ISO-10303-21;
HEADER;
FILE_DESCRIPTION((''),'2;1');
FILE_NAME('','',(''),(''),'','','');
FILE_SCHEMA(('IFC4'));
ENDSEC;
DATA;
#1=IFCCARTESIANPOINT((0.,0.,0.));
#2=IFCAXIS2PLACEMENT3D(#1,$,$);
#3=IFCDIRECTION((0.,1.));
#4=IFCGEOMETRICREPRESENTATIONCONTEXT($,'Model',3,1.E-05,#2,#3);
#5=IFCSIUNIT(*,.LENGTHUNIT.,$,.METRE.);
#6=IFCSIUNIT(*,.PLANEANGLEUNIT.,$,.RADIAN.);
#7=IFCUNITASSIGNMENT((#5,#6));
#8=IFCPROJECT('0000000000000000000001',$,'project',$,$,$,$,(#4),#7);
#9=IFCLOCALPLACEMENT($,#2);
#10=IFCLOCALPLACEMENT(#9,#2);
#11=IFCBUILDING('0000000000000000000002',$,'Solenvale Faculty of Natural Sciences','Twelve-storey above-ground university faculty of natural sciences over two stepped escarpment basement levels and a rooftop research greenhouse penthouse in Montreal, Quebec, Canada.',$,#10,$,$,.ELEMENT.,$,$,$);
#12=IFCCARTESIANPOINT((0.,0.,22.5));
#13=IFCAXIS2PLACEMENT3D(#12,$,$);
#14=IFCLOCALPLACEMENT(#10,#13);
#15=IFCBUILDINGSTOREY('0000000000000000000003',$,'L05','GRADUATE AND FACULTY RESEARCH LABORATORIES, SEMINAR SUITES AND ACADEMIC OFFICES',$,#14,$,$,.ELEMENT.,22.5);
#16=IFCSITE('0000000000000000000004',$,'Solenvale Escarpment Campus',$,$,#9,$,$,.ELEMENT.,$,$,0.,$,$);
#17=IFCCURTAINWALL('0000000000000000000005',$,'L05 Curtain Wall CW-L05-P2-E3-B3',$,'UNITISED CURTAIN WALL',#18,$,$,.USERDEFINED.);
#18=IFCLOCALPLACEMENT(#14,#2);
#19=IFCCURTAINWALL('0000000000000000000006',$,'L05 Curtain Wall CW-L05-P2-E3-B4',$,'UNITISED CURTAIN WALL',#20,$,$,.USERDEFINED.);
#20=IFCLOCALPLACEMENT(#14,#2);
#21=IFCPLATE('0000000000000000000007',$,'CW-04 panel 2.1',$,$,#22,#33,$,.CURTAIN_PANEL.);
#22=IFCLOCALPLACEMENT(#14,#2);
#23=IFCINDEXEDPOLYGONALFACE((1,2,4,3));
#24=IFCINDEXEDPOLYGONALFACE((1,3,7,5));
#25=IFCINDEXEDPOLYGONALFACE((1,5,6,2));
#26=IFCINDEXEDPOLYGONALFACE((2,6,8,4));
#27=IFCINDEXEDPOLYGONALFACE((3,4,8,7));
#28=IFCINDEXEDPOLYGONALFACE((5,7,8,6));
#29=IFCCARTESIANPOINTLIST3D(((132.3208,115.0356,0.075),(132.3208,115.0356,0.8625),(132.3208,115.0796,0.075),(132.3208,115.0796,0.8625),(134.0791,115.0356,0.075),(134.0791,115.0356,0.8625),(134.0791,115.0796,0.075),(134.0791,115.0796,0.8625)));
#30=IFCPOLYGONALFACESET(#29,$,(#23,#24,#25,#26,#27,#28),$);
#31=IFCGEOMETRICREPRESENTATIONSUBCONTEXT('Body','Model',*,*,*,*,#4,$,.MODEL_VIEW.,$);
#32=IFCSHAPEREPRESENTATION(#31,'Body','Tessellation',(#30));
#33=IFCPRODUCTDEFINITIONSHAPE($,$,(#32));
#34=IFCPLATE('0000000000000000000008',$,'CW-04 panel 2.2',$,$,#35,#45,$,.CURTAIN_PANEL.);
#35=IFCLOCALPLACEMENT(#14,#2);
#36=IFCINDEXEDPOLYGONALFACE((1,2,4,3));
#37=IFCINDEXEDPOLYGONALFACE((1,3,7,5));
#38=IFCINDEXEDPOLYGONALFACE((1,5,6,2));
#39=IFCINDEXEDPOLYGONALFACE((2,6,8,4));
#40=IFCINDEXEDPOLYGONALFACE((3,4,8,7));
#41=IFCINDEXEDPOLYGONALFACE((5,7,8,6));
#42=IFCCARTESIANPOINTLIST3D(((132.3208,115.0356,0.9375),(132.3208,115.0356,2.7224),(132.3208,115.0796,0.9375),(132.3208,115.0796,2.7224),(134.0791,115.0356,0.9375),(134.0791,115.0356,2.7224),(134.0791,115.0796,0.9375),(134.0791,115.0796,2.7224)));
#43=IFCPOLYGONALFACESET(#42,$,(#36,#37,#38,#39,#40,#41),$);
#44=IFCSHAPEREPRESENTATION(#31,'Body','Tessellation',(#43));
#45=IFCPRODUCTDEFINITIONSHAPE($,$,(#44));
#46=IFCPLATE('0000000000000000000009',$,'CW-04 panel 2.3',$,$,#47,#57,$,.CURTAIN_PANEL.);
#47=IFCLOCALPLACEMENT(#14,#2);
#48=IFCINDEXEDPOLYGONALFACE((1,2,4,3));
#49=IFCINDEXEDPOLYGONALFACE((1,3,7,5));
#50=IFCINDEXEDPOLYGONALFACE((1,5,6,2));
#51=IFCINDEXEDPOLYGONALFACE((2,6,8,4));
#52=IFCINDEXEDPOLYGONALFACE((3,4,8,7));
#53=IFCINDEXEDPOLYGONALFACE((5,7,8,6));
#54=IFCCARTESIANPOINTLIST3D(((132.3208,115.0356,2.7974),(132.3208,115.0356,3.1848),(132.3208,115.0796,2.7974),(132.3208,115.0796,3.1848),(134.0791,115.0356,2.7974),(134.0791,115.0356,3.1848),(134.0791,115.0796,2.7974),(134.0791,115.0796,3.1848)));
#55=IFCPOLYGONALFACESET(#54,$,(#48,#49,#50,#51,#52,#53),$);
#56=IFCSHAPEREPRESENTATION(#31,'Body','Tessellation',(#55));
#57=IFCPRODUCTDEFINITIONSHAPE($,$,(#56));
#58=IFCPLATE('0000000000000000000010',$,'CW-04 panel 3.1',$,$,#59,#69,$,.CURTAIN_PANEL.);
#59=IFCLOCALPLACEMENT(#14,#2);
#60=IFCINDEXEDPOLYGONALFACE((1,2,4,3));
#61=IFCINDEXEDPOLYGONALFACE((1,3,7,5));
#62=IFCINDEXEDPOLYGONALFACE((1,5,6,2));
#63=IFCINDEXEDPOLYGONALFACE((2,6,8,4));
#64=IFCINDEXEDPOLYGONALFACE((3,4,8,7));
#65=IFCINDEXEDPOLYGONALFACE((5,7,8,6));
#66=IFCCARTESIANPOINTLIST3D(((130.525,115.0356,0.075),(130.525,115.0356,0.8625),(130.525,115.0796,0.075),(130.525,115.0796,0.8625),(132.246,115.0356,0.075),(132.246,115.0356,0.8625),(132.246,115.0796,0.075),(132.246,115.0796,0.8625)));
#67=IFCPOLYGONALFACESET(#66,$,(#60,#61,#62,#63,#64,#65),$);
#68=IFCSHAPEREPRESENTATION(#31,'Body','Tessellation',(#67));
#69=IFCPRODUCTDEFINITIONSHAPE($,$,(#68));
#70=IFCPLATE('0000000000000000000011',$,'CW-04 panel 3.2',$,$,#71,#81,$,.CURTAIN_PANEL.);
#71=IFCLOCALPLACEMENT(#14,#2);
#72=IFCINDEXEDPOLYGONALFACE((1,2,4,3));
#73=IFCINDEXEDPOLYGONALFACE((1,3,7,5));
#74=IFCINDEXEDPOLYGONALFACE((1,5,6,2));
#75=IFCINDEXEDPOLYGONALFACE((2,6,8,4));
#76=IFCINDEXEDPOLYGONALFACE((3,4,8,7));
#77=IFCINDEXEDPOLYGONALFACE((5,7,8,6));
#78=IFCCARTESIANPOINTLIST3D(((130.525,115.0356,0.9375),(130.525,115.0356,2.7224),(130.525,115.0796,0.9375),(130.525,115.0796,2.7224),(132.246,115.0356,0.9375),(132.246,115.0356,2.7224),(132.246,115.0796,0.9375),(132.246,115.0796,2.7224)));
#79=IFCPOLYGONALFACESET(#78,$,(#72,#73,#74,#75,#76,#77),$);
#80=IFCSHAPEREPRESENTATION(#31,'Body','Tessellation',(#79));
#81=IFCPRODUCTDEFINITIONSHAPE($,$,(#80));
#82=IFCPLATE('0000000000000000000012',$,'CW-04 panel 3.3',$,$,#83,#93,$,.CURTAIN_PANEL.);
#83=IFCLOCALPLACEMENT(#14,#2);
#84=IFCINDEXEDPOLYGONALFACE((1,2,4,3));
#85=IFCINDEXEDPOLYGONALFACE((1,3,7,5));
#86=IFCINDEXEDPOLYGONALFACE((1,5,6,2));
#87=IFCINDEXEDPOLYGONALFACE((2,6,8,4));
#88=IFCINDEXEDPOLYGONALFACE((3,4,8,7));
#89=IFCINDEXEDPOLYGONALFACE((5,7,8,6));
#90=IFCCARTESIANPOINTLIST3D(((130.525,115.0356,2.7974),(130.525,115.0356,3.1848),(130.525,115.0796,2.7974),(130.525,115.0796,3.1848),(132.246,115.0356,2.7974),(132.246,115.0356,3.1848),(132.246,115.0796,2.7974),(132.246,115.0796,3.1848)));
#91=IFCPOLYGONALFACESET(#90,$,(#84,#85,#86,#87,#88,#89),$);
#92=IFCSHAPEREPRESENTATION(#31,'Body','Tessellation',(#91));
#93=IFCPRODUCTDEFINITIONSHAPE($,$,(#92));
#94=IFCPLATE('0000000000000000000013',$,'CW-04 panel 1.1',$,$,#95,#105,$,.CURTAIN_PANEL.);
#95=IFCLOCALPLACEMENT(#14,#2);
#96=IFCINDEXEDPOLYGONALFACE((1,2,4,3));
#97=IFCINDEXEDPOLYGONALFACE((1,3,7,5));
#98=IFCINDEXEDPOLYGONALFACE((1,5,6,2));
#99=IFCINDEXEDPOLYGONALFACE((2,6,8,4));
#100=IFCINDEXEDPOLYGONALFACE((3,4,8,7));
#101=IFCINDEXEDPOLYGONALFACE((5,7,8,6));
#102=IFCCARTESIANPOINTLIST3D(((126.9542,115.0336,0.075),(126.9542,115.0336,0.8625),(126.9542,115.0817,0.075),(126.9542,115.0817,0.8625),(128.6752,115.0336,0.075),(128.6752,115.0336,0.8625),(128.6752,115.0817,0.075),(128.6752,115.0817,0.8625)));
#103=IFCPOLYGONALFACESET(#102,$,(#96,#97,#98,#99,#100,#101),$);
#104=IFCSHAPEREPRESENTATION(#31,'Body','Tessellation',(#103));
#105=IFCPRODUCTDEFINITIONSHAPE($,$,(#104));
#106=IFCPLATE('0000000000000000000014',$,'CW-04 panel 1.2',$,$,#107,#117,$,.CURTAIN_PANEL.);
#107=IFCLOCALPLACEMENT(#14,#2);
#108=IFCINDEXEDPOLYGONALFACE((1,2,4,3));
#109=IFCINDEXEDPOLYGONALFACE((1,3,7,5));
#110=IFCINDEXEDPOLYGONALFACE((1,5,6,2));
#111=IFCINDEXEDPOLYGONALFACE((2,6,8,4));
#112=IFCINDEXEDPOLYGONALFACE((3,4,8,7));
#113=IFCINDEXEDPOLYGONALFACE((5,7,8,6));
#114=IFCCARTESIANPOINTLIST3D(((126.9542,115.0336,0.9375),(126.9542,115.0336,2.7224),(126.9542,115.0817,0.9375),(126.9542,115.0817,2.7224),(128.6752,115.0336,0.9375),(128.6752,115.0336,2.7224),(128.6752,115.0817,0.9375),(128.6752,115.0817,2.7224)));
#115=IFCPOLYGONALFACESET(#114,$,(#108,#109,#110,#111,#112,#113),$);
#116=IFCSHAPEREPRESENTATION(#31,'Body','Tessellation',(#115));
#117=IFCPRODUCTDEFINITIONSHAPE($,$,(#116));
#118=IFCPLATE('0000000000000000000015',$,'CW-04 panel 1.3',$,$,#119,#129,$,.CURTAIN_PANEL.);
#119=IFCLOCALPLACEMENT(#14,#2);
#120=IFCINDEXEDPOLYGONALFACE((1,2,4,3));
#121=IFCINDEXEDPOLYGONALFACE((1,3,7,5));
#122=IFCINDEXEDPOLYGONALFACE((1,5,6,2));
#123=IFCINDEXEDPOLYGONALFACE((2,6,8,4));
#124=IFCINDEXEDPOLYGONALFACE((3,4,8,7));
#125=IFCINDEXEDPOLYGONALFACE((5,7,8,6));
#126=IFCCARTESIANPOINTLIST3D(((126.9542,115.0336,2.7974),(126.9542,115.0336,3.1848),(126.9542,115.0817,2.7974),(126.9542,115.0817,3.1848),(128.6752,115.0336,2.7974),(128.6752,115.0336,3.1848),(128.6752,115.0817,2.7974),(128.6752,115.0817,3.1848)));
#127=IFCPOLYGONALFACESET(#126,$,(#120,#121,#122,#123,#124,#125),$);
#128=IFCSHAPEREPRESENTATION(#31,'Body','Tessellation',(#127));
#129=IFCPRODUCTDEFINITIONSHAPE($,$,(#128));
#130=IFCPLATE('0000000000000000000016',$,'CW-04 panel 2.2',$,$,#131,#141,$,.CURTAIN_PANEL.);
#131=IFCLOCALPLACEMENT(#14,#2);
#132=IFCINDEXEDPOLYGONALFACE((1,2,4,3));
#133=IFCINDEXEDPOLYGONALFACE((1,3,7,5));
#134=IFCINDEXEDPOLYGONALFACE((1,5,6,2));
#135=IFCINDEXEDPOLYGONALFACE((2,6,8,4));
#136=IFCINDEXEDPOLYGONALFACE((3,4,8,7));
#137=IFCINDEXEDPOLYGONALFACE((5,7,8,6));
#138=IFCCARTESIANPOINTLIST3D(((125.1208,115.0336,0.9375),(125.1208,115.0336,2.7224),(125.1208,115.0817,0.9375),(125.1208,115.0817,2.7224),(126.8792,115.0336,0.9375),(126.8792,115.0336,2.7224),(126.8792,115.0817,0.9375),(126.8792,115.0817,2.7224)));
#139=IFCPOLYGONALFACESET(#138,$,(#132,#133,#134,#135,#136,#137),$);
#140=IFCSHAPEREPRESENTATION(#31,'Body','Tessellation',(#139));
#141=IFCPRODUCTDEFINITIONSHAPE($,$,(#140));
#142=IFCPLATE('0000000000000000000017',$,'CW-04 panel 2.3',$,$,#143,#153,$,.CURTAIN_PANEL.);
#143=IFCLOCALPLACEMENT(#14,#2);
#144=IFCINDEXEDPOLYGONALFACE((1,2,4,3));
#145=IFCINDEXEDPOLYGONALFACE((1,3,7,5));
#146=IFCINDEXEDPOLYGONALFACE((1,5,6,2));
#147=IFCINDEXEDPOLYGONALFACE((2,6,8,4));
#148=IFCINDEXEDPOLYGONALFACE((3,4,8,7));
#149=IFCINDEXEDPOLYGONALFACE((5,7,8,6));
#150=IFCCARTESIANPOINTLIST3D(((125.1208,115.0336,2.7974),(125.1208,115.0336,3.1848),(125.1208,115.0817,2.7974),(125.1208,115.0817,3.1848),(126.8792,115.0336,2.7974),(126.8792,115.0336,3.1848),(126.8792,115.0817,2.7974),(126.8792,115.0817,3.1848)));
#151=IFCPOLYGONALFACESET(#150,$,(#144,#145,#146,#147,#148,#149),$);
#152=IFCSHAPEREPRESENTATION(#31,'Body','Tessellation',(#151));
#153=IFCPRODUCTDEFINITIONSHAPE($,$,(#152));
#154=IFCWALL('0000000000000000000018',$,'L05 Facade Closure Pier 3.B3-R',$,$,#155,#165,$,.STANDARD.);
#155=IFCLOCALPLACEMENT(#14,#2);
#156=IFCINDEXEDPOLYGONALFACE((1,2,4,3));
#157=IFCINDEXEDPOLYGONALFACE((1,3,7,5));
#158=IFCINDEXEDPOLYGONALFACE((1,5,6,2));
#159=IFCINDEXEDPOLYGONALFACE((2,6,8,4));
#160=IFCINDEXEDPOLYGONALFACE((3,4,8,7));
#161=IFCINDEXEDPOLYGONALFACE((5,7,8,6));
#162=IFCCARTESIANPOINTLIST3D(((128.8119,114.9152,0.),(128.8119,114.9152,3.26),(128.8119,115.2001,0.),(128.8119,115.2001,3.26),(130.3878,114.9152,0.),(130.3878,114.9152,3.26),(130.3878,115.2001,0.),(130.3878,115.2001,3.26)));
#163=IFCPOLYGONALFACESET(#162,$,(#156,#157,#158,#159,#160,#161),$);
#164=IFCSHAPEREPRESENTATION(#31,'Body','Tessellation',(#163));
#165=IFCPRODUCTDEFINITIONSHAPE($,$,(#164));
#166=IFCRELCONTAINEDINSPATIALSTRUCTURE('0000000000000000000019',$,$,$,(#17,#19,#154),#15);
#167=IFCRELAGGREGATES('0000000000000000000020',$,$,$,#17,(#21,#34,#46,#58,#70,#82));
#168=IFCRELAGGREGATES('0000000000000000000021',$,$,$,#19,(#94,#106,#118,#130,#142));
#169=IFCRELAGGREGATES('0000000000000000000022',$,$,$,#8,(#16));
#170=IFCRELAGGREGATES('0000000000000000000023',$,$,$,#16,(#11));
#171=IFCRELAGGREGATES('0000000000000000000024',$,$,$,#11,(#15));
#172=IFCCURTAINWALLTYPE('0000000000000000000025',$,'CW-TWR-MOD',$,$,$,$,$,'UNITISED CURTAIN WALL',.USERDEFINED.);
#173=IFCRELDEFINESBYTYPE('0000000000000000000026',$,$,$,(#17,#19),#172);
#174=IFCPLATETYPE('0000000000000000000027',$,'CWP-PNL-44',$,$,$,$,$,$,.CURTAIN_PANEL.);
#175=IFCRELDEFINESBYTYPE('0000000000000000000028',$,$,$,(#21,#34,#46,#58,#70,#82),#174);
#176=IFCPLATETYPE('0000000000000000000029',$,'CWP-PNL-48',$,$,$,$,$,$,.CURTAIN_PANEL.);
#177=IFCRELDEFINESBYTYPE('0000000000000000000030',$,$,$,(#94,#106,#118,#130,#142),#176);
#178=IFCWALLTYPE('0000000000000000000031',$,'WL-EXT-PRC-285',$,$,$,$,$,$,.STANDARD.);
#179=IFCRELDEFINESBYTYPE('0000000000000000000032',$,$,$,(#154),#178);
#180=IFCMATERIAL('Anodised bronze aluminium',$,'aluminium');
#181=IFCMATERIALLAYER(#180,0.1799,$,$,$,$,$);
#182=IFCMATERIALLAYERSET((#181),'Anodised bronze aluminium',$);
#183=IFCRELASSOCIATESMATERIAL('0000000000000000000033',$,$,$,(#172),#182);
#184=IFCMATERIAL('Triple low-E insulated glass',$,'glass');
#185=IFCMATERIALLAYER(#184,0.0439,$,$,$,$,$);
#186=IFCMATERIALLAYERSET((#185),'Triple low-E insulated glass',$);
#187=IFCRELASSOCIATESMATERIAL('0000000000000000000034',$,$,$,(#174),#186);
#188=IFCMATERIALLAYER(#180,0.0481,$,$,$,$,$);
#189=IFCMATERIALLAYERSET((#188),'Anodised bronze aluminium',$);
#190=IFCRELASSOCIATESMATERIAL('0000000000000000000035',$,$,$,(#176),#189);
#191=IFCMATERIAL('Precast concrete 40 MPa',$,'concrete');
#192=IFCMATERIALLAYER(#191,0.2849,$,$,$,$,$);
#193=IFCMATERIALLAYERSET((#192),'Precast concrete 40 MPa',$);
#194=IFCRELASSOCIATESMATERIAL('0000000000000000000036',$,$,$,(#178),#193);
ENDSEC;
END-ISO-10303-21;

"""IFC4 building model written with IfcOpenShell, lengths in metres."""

from ifc_helpers import new_model, si_unit, direction, frame, frame_2d, origin, origin_2d, place, context, subcontext, project, spatial, rectangle, extrude, material, layer, layer_set, type_object, element, aggregate, save


model = new_model("IFC4")

# Units and contexts
model_context = context("Model", 3, precision=1e-05, world=origin(), true_north=direction((0.0, 1.0)))
body_context = subcontext(model_context, "Body", "Model", "MODEL_VIEW")
ifc_project = project(units=[si_unit("LENGTHUNIT", "METRE"), si_unit("PLANEANGLEUNIT", "RADIAN")], contexts=[model_context])

# Site, building, storey
site_placement = place(None, origin())
site = spatial("IfcSite", under=ifc_project, at=site_placement, Name="Solenvale Escarpment Campus", CompositionType="ELEMENT", RefElevation=0.0)
building_placement = place(site_placement, origin())
building = spatial("IfcBuilding", under=site, at=building_placement, Name="Solenvale Faculty of Natural Sciences", Description="Twelve-storey above-ground university faculty of natural sciences over two stepped escarpment basement levels and a rooftop research greenhouse penthouse in Montreal, Quebec, Canada.", CompositionType="ELEMENT")
storey_placement = place(building_placement, frame((0.0, 0.0, 22.5)))
storey = spatial("IfcBuildingStorey", under=building, at=storey_placement, Name="L05", Description="GRADUATE AND FACULTY RESEARCH LABORATORIES, SEMINAR SUITES AND ACADEMIC OFFICES", CompositionType="ELEMENT", Elevation=22.5)

# Shared definitions
ifc_material_1 = material(Name="Precast concrete 40 MPa", Category="concrete")

# Curtain walls
ifc_material_2 = material(Name="Anodised bronze aluminium", Category="aluminium")
ifc_layer_1 = layer(ifc_material_2, 0.1799)
ifc_layer_set_1 = layer_set([ifc_layer_1], Name="Anodised bronze aluminium")
curtain_wall_type = type_object("IfcCurtainWallType", Name="CW-TWR-MOD", ElementType="UNITISED CURTAIN WALL", PredefinedType="USERDEFINED", material=ifc_layer_set_1)
curtain_wall_1_placement = place(storey_placement, origin())
curtain_wall_1 = element("IfcCurtainWall", 1, at=curtain_wall_1_placement, inside=storey, type_object=curtain_wall_type, Name="L05 Curtain Wall CW-L05-P2-E3-B3", ObjectType="UNITISED CURTAIN WALL", PredefinedType="USERDEFINED")
curtain_wall_2_placement = place(storey_placement, origin())
curtain_wall_2 = element("IfcCurtainWall", 2, at=curtain_wall_2_placement, inside=storey, type_object=curtain_wall_type, Name="L05 Curtain Wall CW-L05-P2-E3-B4", ObjectType="UNITISED CURTAIN WALL", PredefinedType="USERDEFINED")

# Plates
ifc_material_3 = material(Name="Triple low-E insulated glass", Category="glass")
ifc_layer_2 = layer(ifc_material_3, 0.0439)
ifc_layer_set_2 = layer_set([ifc_layer_2], Name="Triple low-E insulated glass")
plate_type_1 = type_object("IfcPlateType", Name="CWP-PNL-44", PredefinedType="CURTAIN_PANEL", material=ifc_layer_set_2)
plate_1_placement = place(storey_placement, frame((133.2, 115.0576, 0.075), z_axis=(0.0, 0.0, 1.0), x_axis=(-1.0, 0.0, 0.0)))
plate_1 = element("IfcPlate", 3, at=plate_1_placement, type_object=plate_type_1, Name="CW-04 panel 2.1", PredefinedType="CURTAIN_PANEL", context=body_context, shape_type="SweptSolid", body=[
    extrude(rectangle(XDim=1.7583, YDim=0.0439, at=origin_2d()), origin(), (0.0, 0.0, 1.0), 0.7876),
])
plate_2_placement = place(storey_placement, frame((133.2, 115.0576, 0.9375), z_axis=(0.0, 0.0, 1.0), x_axis=(-1.0, 0.0, 0.0)))
plate_2 = element("IfcPlate", 4, at=plate_2_placement, type_object=plate_type_1, Name="CW-04 panel 2.2", PredefinedType="CURTAIN_PANEL", context=body_context, shape_type="SweptSolid", body=[
    extrude(rectangle(XDim=1.7583, YDim=0.0439, at=origin_2d()), origin(), (0.0, 0.0, 1.0), 1.7849),
])
plate_3_placement = place(storey_placement, frame((133.2, 115.0576, 2.7974), z_axis=(0.0, 0.0, 1.0), x_axis=(-1.0, 0.0, 0.0)))
plate_3 = element("IfcPlate", 5, at=plate_3_placement, type_object=plate_type_1, Name="CW-04 panel 2.3", PredefinedType="CURTAIN_PANEL", context=body_context, shape_type="SweptSolid", body=[
    extrude(rectangle(XDim=1.7583, YDim=0.0439, at=origin_2d()), origin(), (0.0, 0.0, 1.0), 0.3875),
])
plate_4_placement = place(storey_placement, frame((131.3855, 115.0576, 0.075), z_axis=(0.0, 0.0, 1.0), x_axis=(-1.0, 0.0, 0.0)))
plate_4 = element("IfcPlate", 6, at=plate_4_placement, type_object=plate_type_1, Name="CW-04 panel 3.1", PredefinedType="CURTAIN_PANEL", context=body_context, shape_type="SweptSolid", body=[
    extrude(rectangle(XDim=1.7209, YDim=0.0439, at=origin_2d()), origin(), (0.0, 0.0, 1.0), 0.7876),
])
plate_5_placement = place(storey_placement, frame((131.3855, 115.0576, 0.9375), z_axis=(0.0, 0.0, 1.0), x_axis=(-1.0, 0.0, 0.0)))
plate_5 = element("IfcPlate", 7, at=plate_5_placement, type_object=plate_type_1, Name="CW-04 panel 3.2", PredefinedType="CURTAIN_PANEL", context=body_context, shape_type="SweptSolid", body=[
    extrude(rectangle(XDim=1.7209, YDim=0.0439, at=origin_2d()), origin(), (0.0, 0.0, 1.0), 1.7849),
])
plate_6_placement = place(storey_placement, frame((131.3855, 115.0576, 2.7974), z_axis=(0.0, 0.0, 1.0), x_axis=(-1.0, 0.0, 0.0)))
plate_6 = element("IfcPlate", 8, at=plate_6_placement, type_object=plate_type_1, Name="CW-04 panel 3.3", PredefinedType="CURTAIN_PANEL", context=body_context, shape_type="SweptSolid", body=[
    extrude(rectangle(XDim=1.7209, YDim=0.0439, at=origin_2d()), origin(), (0.0, 0.0, 1.0), 0.3875),
])
aggregate(curtain_wall_1, [plate_1, plate_2, plate_3, plate_4, plate_5, plate_6])
ifc_layer_3 = layer(ifc_material_2, 0.0481)
ifc_layer_set_3 = layer_set([ifc_layer_3], Name="Anodised bronze aluminium")
plate_type_2 = type_object("IfcPlateType", Name="CWP-PNL-48", PredefinedType="CURTAIN_PANEL", material=ifc_layer_set_3)
plate_7_placement = place(storey_placement, frame((127.8147, 115.0576, 0.075), z_axis=(0.0, 0.0, 1.0), x_axis=(-1.0, 0.0, 0.0)))
plate_7 = element("IfcPlate", 9, at=plate_7_placement, type_object=plate_type_2, Name="CW-04 panel 1.1", PredefinedType="CURTAIN_PANEL", context=body_context, shape_type="SweptSolid", body=[
    extrude(rectangle(XDim=1.7209, YDim=0.0481, at=origin_2d()), origin(), (0.0, 0.0, 1.0), 0.7876),
])
plate_8_placement = place(storey_placement, frame((127.8147, 115.0576, 0.9375), z_axis=(0.0, 0.0, 1.0), x_axis=(-1.0, 0.0, 0.0)))
plate_8 = element("IfcPlate", 10, at=plate_8_placement, type_object=plate_type_2, Name="CW-04 panel 1.2", PredefinedType="CURTAIN_PANEL", context=body_context, shape_type="SweptSolid", body=[
    extrude(rectangle(XDim=1.7209, YDim=0.0481, at=origin_2d()), origin(), (0.0, 0.0, 1.0), 1.7849),
])
plate_9_placement = place(storey_placement, frame((127.8147, 115.0576, 2.7974), z_axis=(0.0, 0.0, 1.0), x_axis=(-1.0, 0.0, 0.0)))
plate_9 = element("IfcPlate", 11, at=plate_9_placement, type_object=plate_type_2, Name="CW-04 panel 1.3", PredefinedType="CURTAIN_PANEL", context=body_context, shape_type="SweptSolid", body=[
    extrude(rectangle(XDim=1.7209, YDim=0.0481, at=origin_2d()), origin(), (0.0, 0.0, 1.0), 0.3875),
])
plate_10_placement = place(storey_placement, frame((126.0, 115.0576, 0.9375), z_axis=(0.0, 0.0, 1.0), x_axis=(-1.0, 0.0, 0.0)))
plate_10 = element("IfcPlate", 12, at=plate_10_placement, type_object=plate_type_2, Name="CW-04 panel 2.2", PredefinedType="CURTAIN_PANEL", context=body_context, shape_type="SweptSolid", body=[
    extrude(rectangle(XDim=1.7583, YDim=0.0481, at=origin_2d()), origin(), (0.0, 0.0, 1.0), 1.7849),
])
plate_11_placement = place(storey_placement, frame((126.0, 115.0576, 2.7974), z_axis=(0.0, 0.0, 1.0), x_axis=(-1.0, 0.0, 0.0)))
plate_11 = element("IfcPlate", 13, at=plate_11_placement, type_object=plate_type_2, Name="CW-04 panel 2.3", PredefinedType="CURTAIN_PANEL", context=body_context, shape_type="SweptSolid", body=[
    extrude(rectangle(XDim=1.7583, YDim=0.0481, at=origin_2d()), origin(), (0.0, 0.0, 1.0), 0.3875),
])
aggregate(curtain_wall_2, [plate_7, plate_8, plate_9, plate_10, plate_11])

# Wall
ifc_layer_4 = layer(ifc_material_1, 0.2849)
ifc_layer_set_4 = layer_set([ifc_layer_4], Name="Precast concrete 40 MPa")
wall_type = type_object("IfcWallType", Name="WL-EXT-PRC-285", PredefinedType="STANDARD", material=ifc_layer_set_4)
wall_placement = place(storey_placement, frame((130.3879, 115.0576, 0.0), z_axis=(0.0, 0.0, 1.0), x_axis=(-1.0, 0.0, 0.0)))
element("IfcWall", 14, at=wall_placement, inside=storey, type_object=wall_type, Name="L05 Facade Closure Pier 3.B3-R", PredefinedType="STANDARD", context=body_context, shape_type="SweptSolid", body=[
    extrude(rectangle(XDim=1.5759, YDim=0.2849, at=frame_2d((0.7881, 0.0))), origin(), (0.0, 0.0, 1.0), 3.26),
])

save(model, "model.ifc")
